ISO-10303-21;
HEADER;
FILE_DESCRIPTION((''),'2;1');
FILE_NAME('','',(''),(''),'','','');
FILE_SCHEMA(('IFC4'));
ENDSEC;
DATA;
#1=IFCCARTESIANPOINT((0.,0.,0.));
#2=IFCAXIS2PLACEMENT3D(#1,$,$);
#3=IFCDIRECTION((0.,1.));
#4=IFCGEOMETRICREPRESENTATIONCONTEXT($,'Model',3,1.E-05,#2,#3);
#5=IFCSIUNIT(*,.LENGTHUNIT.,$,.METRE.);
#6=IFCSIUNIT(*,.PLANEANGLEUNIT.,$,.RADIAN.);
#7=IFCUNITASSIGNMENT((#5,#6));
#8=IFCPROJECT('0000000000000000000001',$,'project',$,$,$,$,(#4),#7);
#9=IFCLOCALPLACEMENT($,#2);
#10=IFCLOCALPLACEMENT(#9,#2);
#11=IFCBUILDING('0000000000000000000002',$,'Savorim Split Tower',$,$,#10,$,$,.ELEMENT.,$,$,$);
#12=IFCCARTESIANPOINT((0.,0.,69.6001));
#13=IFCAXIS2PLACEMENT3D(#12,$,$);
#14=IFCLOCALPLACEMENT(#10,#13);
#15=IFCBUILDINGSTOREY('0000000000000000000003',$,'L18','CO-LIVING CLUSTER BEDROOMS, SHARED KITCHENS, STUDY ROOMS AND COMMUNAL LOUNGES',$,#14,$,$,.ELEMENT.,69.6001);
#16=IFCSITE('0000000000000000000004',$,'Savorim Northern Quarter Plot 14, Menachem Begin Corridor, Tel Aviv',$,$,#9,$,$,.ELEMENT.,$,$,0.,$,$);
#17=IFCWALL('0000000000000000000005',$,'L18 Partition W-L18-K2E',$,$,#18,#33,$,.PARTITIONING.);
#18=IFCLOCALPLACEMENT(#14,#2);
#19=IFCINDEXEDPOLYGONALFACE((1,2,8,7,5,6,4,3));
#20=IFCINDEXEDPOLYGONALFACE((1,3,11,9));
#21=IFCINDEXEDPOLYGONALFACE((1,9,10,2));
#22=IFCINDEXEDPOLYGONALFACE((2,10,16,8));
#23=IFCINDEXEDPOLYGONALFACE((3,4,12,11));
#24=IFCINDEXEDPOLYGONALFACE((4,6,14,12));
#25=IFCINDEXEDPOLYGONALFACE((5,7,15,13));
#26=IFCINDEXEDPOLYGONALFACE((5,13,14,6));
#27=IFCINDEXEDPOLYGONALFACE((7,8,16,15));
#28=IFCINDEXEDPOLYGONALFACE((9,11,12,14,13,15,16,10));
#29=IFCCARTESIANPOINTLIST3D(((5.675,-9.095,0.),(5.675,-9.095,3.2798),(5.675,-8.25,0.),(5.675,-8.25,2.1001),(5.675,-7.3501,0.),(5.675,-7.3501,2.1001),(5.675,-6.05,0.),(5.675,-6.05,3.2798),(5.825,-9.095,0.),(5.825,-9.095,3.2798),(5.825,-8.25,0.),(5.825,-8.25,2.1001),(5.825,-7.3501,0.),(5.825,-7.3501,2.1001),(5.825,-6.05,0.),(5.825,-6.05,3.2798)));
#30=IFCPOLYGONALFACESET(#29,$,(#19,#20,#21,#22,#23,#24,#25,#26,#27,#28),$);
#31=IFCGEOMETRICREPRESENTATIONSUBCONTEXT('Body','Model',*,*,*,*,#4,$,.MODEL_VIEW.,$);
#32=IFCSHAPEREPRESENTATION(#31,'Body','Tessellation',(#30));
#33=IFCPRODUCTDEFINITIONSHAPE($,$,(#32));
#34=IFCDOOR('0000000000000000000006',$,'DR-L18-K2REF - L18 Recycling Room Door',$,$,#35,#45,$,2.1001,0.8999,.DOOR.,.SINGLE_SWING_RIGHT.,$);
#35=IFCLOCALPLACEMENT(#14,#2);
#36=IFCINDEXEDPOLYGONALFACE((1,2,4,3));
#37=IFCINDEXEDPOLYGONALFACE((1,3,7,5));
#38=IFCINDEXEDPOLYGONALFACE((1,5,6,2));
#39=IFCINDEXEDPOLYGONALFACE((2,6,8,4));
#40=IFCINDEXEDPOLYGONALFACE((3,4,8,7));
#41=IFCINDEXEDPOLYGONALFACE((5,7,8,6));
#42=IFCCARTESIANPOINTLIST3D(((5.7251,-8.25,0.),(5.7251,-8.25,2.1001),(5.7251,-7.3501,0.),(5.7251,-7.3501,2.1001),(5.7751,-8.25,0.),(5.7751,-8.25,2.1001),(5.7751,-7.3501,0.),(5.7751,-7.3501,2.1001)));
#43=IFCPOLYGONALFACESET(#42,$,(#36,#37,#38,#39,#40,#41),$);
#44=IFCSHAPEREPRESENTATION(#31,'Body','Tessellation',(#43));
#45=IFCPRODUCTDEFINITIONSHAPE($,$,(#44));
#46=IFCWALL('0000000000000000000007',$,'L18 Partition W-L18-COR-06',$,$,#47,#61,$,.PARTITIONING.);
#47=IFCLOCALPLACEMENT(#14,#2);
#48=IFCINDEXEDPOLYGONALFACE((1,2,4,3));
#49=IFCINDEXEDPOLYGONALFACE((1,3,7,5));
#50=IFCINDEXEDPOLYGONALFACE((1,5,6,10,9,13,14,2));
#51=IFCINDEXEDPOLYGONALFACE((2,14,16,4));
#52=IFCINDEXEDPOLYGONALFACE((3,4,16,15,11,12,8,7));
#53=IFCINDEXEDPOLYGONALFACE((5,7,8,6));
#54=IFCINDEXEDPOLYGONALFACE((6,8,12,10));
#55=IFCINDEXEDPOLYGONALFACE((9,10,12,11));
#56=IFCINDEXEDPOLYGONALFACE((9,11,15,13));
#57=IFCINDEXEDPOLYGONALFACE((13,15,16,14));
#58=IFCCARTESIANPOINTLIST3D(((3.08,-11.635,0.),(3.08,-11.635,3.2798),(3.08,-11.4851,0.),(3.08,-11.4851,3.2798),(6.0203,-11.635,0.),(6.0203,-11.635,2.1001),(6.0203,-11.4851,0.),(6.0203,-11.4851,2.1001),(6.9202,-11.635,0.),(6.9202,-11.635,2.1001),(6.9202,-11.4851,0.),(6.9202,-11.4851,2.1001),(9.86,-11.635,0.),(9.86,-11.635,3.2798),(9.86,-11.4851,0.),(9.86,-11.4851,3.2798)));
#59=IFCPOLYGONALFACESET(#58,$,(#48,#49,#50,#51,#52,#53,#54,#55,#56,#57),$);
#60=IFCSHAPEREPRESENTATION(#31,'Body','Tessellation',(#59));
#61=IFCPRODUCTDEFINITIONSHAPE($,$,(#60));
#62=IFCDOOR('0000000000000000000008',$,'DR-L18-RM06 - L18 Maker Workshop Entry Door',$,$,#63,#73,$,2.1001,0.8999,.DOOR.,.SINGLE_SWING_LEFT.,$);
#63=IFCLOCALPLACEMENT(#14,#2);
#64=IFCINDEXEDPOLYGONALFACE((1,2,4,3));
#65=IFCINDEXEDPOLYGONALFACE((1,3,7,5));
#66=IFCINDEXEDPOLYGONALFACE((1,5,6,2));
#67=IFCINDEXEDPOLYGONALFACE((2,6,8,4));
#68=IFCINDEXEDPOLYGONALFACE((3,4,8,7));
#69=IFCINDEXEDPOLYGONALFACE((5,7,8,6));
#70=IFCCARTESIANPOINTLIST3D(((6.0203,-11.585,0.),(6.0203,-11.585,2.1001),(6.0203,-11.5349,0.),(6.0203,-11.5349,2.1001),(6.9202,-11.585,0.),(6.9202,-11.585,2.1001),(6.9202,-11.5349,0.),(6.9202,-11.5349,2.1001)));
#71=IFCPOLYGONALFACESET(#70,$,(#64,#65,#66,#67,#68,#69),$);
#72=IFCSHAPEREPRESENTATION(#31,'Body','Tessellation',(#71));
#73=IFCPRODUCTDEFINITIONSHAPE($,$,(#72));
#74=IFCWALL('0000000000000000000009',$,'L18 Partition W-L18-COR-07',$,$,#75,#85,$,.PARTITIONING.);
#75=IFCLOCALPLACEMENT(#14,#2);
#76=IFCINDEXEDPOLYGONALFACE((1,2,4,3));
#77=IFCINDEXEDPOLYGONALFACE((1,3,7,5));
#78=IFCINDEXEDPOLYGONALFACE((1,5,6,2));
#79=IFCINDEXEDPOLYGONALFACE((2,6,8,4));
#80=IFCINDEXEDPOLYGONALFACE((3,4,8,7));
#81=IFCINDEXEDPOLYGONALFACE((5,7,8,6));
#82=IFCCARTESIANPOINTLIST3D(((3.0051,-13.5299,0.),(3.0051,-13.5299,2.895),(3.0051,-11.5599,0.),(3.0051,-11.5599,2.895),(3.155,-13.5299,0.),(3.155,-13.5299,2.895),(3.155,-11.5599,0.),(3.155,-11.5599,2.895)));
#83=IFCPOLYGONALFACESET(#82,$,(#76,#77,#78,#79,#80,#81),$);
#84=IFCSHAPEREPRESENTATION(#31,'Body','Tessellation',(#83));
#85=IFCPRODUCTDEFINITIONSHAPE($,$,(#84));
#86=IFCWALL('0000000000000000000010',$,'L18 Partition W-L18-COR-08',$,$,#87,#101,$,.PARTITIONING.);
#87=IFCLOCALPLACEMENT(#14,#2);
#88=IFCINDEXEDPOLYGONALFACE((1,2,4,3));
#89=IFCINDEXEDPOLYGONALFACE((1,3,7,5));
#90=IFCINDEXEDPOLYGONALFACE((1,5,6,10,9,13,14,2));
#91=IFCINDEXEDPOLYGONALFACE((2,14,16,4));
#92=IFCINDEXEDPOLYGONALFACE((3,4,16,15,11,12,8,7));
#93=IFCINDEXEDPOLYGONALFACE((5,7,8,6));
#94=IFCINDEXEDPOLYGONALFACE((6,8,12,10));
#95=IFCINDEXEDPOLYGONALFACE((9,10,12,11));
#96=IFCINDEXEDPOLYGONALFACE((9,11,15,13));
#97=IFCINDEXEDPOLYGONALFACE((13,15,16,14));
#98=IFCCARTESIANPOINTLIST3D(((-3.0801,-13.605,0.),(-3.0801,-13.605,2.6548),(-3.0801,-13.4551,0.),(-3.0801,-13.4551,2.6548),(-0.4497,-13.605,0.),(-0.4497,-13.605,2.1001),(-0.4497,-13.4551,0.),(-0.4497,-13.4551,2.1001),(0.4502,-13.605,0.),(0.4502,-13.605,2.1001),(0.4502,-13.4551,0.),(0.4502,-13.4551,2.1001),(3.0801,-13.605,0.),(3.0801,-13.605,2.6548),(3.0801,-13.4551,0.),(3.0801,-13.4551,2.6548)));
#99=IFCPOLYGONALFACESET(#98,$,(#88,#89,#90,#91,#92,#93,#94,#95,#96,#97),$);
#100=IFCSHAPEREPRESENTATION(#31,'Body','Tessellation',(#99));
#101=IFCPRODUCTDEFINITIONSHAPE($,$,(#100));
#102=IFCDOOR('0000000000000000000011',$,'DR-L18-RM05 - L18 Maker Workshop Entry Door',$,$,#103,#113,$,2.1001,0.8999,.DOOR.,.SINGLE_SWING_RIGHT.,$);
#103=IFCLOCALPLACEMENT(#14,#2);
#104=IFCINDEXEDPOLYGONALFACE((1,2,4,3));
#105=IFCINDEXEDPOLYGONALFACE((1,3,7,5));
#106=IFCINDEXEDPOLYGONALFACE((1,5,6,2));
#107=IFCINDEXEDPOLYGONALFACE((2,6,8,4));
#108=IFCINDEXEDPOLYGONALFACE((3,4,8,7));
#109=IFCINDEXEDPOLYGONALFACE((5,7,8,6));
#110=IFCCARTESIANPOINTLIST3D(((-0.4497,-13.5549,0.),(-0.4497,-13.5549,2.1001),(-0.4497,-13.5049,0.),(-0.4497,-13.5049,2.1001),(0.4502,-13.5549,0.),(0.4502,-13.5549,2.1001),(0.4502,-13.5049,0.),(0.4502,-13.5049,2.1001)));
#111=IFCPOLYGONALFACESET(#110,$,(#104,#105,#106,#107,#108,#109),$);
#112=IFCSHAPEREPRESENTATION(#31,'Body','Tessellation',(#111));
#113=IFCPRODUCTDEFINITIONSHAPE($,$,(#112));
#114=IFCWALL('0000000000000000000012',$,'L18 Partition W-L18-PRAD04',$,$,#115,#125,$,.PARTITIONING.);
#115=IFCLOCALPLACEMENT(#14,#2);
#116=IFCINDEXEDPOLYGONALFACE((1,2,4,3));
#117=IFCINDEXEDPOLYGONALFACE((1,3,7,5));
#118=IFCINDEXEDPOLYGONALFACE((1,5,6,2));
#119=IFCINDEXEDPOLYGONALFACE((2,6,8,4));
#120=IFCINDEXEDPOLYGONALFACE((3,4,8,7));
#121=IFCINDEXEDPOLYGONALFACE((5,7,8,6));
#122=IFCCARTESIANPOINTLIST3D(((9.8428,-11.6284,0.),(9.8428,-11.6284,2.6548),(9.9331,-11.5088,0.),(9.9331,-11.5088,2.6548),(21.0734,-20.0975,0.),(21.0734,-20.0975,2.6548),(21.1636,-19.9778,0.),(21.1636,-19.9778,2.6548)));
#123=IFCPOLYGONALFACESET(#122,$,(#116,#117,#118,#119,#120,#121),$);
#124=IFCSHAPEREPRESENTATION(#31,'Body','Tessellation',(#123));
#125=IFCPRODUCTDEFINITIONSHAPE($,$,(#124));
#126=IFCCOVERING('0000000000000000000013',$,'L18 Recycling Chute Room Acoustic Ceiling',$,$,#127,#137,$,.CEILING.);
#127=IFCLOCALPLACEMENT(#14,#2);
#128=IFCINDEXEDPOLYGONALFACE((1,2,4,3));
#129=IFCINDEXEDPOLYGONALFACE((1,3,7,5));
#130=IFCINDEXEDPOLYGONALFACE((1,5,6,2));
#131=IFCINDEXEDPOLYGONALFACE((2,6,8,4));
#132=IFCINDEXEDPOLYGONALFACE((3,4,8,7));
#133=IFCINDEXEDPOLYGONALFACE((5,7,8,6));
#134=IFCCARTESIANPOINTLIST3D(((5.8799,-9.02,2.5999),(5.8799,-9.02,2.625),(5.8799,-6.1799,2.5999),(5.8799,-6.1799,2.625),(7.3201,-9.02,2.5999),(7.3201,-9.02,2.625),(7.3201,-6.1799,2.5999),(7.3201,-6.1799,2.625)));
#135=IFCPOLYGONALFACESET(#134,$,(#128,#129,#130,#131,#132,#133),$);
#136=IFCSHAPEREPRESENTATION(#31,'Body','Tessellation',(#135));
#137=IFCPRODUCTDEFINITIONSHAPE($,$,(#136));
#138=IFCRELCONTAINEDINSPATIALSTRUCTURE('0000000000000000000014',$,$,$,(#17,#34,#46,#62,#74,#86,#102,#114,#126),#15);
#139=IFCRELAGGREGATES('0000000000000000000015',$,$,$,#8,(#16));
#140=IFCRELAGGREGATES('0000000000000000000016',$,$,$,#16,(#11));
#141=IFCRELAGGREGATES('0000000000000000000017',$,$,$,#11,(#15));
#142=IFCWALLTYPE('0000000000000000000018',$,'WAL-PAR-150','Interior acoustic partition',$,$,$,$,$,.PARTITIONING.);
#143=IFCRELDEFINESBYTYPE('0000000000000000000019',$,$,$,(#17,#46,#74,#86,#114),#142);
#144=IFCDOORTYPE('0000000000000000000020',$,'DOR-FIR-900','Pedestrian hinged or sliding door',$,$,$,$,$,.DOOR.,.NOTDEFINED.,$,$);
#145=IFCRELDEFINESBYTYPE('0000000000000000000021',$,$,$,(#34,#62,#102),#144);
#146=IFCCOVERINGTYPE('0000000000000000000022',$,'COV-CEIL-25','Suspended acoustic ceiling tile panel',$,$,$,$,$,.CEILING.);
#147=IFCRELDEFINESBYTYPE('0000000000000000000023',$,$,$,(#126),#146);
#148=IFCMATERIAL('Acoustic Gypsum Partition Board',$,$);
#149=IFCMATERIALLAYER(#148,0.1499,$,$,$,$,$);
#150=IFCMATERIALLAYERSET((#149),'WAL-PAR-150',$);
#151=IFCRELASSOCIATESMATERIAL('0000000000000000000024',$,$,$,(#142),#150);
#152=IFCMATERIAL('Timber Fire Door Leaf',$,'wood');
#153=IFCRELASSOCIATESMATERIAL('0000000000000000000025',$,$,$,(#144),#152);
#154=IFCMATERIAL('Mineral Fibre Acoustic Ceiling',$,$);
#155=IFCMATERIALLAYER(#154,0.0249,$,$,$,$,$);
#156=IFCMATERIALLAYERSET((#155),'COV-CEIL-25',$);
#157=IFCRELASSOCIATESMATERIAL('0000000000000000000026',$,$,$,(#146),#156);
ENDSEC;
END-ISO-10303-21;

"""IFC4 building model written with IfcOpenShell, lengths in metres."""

from ifc_helpers import new_model, si_unit, direction, frame, frame_2d, origin, place, context, subcontext, project, spatial, polyline, rectangle, outline, extrude, material, layer, layer_set, type_object, element, fill, save


model = new_model("IFC4")

# Units and contexts
model_context = context("Model", 3, precision=1e-05, world=origin(), true_north=direction((0.0, 1.0)))
body_context = subcontext(model_context, "Body", "Model", "MODEL_VIEW")
ifc_project = project(units=[si_unit("LENGTHUNIT", "METRE"), si_unit("PLANEANGLEUNIT", "RADIAN")], contexts=[model_context])

# Site, building, storey
site_placement = place(None, origin())
site = spatial("IfcSite", under=ifc_project, at=site_placement, Name="Savorim Northern Quarter Plot 14, Menachem Begin Corridor, Tel Aviv", CompositionType="ELEMENT", RefElevation=0.0)
building_placement = place(site_placement, origin())
building = spatial("IfcBuilding", under=site, at=building_placement, Name="Savorim Split Tower", CompositionType="ELEMENT")
storey_placement = place(building_placement, frame((0.0, 0.0, 69.6001)))
storey = spatial("IfcBuildingStorey", under=building, at=storey_placement, Name="L18", Description="CO-LIVING CLUSTER BEDROOMS, SHARED KITCHENS, STUDY ROOMS AND COMMUNAL LOUNGES", CompositionType="ELEMENT", Elevation=69.6001)

# Shared definitions
ifc_material_1 = material(Name="Acoustic Gypsum Partition Board")
ifc_layer_1 = layer(ifc_material_1, 0.1499)
ifc_layer_set_1 = layer_set([ifc_layer_1], Name="WAL-PAR-150")
wall_type_1 = type_object("IfcWallType", Name="WAL-PAR-150", Description="Interior acoustic partition", PredefinedType="PARTITIONING", material=ifc_layer_set_1)

# Walls, openings, doors
ifc_material_2 = material(Name="Timber Fire Door Leaf", Category="wood")
door_type_1 = type_object("IfcDoorType", Name="DOR-FIR-900", Description="Pedestrian hinged or sliding door", OperationType="NOTDEFINED", PredefinedType="DOOR", material=ifc_material_2)
wall_1_placement = place(storey_placement, frame((5.75, -9.095, 0.0), z_axis=(0.0, 0.0, 1.0), x_axis=(0.0, 1.0, 0.0)))
wall_1 = element("IfcWall", 1, at=wall_1_placement, inside=storey, type_object=wall_type_1, Name="L18 Partition W-L18-K2E", PredefinedType="PARTITIONING", context=body_context, shape_type="SweptSolid", body=[
    extrude(rectangle(XDim=3.0449, YDim=0.1499, at=frame_2d((1.5225, 0.0))), origin(), (0.0, 0.0, 1.0), 3.2798),
])
opening_1_placement = place(wall_1_placement, frame((0.845, 0.0, 0.0)))
opening_1 = element("IfcOpeningElement", 2, at=opening_1_placement, cuts=wall_1, PredefinedType="OPENING", context=body_context, shape_type="SweptSolid", body=[
    extrude(rectangle(XDim=0.8999, YDim=2.1001, at=frame_2d((0.45, 1.05))), frame((0.0, 0.085, 0.0), z_axis=(0.0, -1.0, 0.0), x_axis=(1.0, 0.0, 0.0)), (0.0, 0.0, 1.0), 0.1699),
])
door_1_placement = place(opening_1_placement, origin())
door_1 = element("IfcDoor", 3, at=door_1_placement, inside=storey, type_object=door_type_1, Name="DR-L18-K2REF - L18 Recycling Room Door", OperationType="SINGLE_SWING_RIGHT", OverallHeight=2.1001, OverallWidth=0.8999, PredefinedType="DOOR", context=body_context, shape_type="SweptSolid", body=[
    extrude(rectangle(XDim=0.8999, YDim=2.1001, at=frame_2d((0.45, 1.05))), frame((0.0, 0.0249, 0.0), z_axis=(0.0, -1.0, 0.0), x_axis=(1.0, 0.0, 0.0)), (0.0, 0.0, 1.0), 0.05),
])
fill(opening_1, door_1)
wall_2_placement = place(storey_placement, frame((9.8601, -11.5601, 0.0), z_axis=(0.0, 0.0, 1.0), x_axis=(-1.0, 0.0, 0.0)))
wall_2 = element("IfcWall", 4, at=wall_2_placement, inside=storey, type_object=wall_type_1, Name="L18 Partition W-L18-COR-06", PredefinedType="PARTITIONING", context=body_context, shape_type="SweptSolid", body=[
    extrude(rectangle(XDim=6.78, YDim=0.1499, at=frame_2d((3.3901, 0.0))), origin(), (0.0, 0.0, 1.0), 3.2798),
])
opening_2_placement = place(wall_2_placement, frame((2.9399, 0.0, 0.0)))
opening_2 = element("IfcOpeningElement", 5, at=opening_2_placement, cuts=wall_2, PredefinedType="OPENING", context=body_context, shape_type="SweptSolid", body=[
    extrude(rectangle(XDim=0.8999, YDim=2.1001, at=frame_2d((0.45, 1.05))), frame((0.0, 0.085, 0.0), z_axis=(0.0, -1.0, 0.0), x_axis=(1.0, 0.0, 0.0)), (0.0, 0.0, 1.0), 0.1699),
])
door_2_placement = place(opening_2_placement, origin())
door_2 = element("IfcDoor", 6, at=door_2_placement, inside=storey, type_object=door_type_1, Name="DR-L18-RM06 - L18 Maker Workshop Entry Door", OperationType="SINGLE_SWING_LEFT", OverallHeight=2.1001, OverallWidth=0.8999, PredefinedType="DOOR", context=body_context, shape_type="SweptSolid", body=[
    extrude(rectangle(XDim=0.8999, YDim=2.1001, at=frame_2d((0.45, 1.05))), frame((0.0, 0.0249, 0.0), z_axis=(0.0, -1.0, 0.0), x_axis=(1.0, 0.0, 0.0)), (0.0, 0.0, 1.0), 0.05),
])
fill(opening_2, door_2)

# Wall
wall_3_placement = place(storey_placement, frame((3.0801, -11.5601, 0.0), z_axis=(0.0, 0.0, 1.0), x_axis=(0.0, -1.0, 0.0)))
element("IfcWall", 7, at=wall_3_placement, inside=storey, type_object=wall_type_1, Name="L18 Partition W-L18-COR-07", PredefinedType="PARTITIONING", context=body_context, shape_type="SweptSolid", body=[
    extrude(rectangle(XDim=1.97, YDim=0.1499, at=frame_2d((0.9849, 0.0))), origin(), (0.0, 0.0, 1.0), 2.895),
])

# Wall, opening, door
wall_4_placement = place(storey_placement, frame((3.0801, -13.53, 0.0), z_axis=(0.0, 0.0, 1.0), x_axis=(-1.0, 0.0, 0.0)))
wall_4 = element("IfcWall", 8, at=wall_4_placement, inside=storey, type_object=wall_type_1, Name="L18 Partition W-L18-COR-08", PredefinedType="PARTITIONING", context=body_context, shape_type="SweptSolid", body=[
    extrude(rectangle(XDim=6.1602, YDim=0.1499, at=frame_2d((3.0801, 0.0))), origin(), (0.0, 0.0, 1.0), 2.6548),
])
opening_3_placement = place(wall_4_placement, frame((2.6299, 0.0, 0.0)))
opening_3 = element("IfcOpeningElement", 9, at=opening_3_placement, cuts=wall_4, PredefinedType="OPENING", context=body_context, shape_type="SweptSolid", body=[
    extrude(rectangle(XDim=0.8999, YDim=2.1001, at=frame_2d((0.45, 1.05))), frame((0.0, 0.085, 0.0), z_axis=(0.0, -1.0, 0.0), x_axis=(1.0, 0.0, 0.0)), (0.0, 0.0, 1.0), 0.1699),
])
door_3_placement = place(opening_3_placement, origin())
door_3 = element("IfcDoor", 10, at=door_3_placement, inside=storey, type_object=door_type_1, Name="DR-L18-RM05 - L18 Maker Workshop Entry Door", OperationType="SINGLE_SWING_RIGHT", OverallHeight=2.1001, OverallWidth=0.8999, PredefinedType="DOOR", context=body_context, shape_type="SweptSolid", body=[
    extrude(rectangle(XDim=0.8999, YDim=2.1001, at=frame_2d((0.45, 1.05))), frame((0.0, 0.0249, 0.0), z_axis=(0.0, -1.0, 0.0), x_axis=(1.0, 0.0, 0.0)), (0.0, 0.0, 1.0), 0.05),
])
fill(opening_3, door_3)

# Wall
wall_5_placement = place(storey_placement, frame((9.8879, -11.5686, 0.0), z_axis=(0.0, 0.0, 1.0), x_axis=(0.798423, -0.602097, 0.0)))
element("IfcWall", 11, at=wall_5_placement, inside=storey, type_object=wall_type_1, Name="L18 Partition W-L18-PRAD04", PredefinedType="PARTITIONING", context=body_context, shape_type="SweptSolid", body=[
    extrude(rectangle(XDim=14.0659, YDim=0.1499, at=frame_2d((7.033, 0.0))), origin(), (0.0, 0.0, 1.0), 2.6548),
])

# Covering
ifc_material_3 = material(Name="Mineral Fibre Acoustic Ceiling")
ifc_layer_2 = layer(ifc_material_3, 0.0249)
ifc_layer_set_2 = layer_set([ifc_layer_2], Name="COV-CEIL-25")
covering_type_1 = type_object("IfcCoveringType", Name="COV-CEIL-25", Description="Suspended acoustic ceiling tile panel", PredefinedType="CEILING", material=ifc_layer_set_2)
covering_1_placement = place(storey_placement, frame((0.0, 0.0, 2.5999)))
element("IfcCovering", 12, at=covering_1_placement, inside=storey, type_object=covering_type_1, Name="L18 Recycling Chute Room Acoustic Ceiling", PredefinedType="CEILING", context=body_context, shape_type="SweptSolid", body=[
    extrude(outline(polyline([(5.8799, -6.1799), (5.8799, -9.02), (7.3201, -9.02), (7.3201, -6.1799), (5.8799, -6.1799)])), origin(), (0.0, 0.0, 1.0), 0.0251),
])

save(model, "model.ifc")
